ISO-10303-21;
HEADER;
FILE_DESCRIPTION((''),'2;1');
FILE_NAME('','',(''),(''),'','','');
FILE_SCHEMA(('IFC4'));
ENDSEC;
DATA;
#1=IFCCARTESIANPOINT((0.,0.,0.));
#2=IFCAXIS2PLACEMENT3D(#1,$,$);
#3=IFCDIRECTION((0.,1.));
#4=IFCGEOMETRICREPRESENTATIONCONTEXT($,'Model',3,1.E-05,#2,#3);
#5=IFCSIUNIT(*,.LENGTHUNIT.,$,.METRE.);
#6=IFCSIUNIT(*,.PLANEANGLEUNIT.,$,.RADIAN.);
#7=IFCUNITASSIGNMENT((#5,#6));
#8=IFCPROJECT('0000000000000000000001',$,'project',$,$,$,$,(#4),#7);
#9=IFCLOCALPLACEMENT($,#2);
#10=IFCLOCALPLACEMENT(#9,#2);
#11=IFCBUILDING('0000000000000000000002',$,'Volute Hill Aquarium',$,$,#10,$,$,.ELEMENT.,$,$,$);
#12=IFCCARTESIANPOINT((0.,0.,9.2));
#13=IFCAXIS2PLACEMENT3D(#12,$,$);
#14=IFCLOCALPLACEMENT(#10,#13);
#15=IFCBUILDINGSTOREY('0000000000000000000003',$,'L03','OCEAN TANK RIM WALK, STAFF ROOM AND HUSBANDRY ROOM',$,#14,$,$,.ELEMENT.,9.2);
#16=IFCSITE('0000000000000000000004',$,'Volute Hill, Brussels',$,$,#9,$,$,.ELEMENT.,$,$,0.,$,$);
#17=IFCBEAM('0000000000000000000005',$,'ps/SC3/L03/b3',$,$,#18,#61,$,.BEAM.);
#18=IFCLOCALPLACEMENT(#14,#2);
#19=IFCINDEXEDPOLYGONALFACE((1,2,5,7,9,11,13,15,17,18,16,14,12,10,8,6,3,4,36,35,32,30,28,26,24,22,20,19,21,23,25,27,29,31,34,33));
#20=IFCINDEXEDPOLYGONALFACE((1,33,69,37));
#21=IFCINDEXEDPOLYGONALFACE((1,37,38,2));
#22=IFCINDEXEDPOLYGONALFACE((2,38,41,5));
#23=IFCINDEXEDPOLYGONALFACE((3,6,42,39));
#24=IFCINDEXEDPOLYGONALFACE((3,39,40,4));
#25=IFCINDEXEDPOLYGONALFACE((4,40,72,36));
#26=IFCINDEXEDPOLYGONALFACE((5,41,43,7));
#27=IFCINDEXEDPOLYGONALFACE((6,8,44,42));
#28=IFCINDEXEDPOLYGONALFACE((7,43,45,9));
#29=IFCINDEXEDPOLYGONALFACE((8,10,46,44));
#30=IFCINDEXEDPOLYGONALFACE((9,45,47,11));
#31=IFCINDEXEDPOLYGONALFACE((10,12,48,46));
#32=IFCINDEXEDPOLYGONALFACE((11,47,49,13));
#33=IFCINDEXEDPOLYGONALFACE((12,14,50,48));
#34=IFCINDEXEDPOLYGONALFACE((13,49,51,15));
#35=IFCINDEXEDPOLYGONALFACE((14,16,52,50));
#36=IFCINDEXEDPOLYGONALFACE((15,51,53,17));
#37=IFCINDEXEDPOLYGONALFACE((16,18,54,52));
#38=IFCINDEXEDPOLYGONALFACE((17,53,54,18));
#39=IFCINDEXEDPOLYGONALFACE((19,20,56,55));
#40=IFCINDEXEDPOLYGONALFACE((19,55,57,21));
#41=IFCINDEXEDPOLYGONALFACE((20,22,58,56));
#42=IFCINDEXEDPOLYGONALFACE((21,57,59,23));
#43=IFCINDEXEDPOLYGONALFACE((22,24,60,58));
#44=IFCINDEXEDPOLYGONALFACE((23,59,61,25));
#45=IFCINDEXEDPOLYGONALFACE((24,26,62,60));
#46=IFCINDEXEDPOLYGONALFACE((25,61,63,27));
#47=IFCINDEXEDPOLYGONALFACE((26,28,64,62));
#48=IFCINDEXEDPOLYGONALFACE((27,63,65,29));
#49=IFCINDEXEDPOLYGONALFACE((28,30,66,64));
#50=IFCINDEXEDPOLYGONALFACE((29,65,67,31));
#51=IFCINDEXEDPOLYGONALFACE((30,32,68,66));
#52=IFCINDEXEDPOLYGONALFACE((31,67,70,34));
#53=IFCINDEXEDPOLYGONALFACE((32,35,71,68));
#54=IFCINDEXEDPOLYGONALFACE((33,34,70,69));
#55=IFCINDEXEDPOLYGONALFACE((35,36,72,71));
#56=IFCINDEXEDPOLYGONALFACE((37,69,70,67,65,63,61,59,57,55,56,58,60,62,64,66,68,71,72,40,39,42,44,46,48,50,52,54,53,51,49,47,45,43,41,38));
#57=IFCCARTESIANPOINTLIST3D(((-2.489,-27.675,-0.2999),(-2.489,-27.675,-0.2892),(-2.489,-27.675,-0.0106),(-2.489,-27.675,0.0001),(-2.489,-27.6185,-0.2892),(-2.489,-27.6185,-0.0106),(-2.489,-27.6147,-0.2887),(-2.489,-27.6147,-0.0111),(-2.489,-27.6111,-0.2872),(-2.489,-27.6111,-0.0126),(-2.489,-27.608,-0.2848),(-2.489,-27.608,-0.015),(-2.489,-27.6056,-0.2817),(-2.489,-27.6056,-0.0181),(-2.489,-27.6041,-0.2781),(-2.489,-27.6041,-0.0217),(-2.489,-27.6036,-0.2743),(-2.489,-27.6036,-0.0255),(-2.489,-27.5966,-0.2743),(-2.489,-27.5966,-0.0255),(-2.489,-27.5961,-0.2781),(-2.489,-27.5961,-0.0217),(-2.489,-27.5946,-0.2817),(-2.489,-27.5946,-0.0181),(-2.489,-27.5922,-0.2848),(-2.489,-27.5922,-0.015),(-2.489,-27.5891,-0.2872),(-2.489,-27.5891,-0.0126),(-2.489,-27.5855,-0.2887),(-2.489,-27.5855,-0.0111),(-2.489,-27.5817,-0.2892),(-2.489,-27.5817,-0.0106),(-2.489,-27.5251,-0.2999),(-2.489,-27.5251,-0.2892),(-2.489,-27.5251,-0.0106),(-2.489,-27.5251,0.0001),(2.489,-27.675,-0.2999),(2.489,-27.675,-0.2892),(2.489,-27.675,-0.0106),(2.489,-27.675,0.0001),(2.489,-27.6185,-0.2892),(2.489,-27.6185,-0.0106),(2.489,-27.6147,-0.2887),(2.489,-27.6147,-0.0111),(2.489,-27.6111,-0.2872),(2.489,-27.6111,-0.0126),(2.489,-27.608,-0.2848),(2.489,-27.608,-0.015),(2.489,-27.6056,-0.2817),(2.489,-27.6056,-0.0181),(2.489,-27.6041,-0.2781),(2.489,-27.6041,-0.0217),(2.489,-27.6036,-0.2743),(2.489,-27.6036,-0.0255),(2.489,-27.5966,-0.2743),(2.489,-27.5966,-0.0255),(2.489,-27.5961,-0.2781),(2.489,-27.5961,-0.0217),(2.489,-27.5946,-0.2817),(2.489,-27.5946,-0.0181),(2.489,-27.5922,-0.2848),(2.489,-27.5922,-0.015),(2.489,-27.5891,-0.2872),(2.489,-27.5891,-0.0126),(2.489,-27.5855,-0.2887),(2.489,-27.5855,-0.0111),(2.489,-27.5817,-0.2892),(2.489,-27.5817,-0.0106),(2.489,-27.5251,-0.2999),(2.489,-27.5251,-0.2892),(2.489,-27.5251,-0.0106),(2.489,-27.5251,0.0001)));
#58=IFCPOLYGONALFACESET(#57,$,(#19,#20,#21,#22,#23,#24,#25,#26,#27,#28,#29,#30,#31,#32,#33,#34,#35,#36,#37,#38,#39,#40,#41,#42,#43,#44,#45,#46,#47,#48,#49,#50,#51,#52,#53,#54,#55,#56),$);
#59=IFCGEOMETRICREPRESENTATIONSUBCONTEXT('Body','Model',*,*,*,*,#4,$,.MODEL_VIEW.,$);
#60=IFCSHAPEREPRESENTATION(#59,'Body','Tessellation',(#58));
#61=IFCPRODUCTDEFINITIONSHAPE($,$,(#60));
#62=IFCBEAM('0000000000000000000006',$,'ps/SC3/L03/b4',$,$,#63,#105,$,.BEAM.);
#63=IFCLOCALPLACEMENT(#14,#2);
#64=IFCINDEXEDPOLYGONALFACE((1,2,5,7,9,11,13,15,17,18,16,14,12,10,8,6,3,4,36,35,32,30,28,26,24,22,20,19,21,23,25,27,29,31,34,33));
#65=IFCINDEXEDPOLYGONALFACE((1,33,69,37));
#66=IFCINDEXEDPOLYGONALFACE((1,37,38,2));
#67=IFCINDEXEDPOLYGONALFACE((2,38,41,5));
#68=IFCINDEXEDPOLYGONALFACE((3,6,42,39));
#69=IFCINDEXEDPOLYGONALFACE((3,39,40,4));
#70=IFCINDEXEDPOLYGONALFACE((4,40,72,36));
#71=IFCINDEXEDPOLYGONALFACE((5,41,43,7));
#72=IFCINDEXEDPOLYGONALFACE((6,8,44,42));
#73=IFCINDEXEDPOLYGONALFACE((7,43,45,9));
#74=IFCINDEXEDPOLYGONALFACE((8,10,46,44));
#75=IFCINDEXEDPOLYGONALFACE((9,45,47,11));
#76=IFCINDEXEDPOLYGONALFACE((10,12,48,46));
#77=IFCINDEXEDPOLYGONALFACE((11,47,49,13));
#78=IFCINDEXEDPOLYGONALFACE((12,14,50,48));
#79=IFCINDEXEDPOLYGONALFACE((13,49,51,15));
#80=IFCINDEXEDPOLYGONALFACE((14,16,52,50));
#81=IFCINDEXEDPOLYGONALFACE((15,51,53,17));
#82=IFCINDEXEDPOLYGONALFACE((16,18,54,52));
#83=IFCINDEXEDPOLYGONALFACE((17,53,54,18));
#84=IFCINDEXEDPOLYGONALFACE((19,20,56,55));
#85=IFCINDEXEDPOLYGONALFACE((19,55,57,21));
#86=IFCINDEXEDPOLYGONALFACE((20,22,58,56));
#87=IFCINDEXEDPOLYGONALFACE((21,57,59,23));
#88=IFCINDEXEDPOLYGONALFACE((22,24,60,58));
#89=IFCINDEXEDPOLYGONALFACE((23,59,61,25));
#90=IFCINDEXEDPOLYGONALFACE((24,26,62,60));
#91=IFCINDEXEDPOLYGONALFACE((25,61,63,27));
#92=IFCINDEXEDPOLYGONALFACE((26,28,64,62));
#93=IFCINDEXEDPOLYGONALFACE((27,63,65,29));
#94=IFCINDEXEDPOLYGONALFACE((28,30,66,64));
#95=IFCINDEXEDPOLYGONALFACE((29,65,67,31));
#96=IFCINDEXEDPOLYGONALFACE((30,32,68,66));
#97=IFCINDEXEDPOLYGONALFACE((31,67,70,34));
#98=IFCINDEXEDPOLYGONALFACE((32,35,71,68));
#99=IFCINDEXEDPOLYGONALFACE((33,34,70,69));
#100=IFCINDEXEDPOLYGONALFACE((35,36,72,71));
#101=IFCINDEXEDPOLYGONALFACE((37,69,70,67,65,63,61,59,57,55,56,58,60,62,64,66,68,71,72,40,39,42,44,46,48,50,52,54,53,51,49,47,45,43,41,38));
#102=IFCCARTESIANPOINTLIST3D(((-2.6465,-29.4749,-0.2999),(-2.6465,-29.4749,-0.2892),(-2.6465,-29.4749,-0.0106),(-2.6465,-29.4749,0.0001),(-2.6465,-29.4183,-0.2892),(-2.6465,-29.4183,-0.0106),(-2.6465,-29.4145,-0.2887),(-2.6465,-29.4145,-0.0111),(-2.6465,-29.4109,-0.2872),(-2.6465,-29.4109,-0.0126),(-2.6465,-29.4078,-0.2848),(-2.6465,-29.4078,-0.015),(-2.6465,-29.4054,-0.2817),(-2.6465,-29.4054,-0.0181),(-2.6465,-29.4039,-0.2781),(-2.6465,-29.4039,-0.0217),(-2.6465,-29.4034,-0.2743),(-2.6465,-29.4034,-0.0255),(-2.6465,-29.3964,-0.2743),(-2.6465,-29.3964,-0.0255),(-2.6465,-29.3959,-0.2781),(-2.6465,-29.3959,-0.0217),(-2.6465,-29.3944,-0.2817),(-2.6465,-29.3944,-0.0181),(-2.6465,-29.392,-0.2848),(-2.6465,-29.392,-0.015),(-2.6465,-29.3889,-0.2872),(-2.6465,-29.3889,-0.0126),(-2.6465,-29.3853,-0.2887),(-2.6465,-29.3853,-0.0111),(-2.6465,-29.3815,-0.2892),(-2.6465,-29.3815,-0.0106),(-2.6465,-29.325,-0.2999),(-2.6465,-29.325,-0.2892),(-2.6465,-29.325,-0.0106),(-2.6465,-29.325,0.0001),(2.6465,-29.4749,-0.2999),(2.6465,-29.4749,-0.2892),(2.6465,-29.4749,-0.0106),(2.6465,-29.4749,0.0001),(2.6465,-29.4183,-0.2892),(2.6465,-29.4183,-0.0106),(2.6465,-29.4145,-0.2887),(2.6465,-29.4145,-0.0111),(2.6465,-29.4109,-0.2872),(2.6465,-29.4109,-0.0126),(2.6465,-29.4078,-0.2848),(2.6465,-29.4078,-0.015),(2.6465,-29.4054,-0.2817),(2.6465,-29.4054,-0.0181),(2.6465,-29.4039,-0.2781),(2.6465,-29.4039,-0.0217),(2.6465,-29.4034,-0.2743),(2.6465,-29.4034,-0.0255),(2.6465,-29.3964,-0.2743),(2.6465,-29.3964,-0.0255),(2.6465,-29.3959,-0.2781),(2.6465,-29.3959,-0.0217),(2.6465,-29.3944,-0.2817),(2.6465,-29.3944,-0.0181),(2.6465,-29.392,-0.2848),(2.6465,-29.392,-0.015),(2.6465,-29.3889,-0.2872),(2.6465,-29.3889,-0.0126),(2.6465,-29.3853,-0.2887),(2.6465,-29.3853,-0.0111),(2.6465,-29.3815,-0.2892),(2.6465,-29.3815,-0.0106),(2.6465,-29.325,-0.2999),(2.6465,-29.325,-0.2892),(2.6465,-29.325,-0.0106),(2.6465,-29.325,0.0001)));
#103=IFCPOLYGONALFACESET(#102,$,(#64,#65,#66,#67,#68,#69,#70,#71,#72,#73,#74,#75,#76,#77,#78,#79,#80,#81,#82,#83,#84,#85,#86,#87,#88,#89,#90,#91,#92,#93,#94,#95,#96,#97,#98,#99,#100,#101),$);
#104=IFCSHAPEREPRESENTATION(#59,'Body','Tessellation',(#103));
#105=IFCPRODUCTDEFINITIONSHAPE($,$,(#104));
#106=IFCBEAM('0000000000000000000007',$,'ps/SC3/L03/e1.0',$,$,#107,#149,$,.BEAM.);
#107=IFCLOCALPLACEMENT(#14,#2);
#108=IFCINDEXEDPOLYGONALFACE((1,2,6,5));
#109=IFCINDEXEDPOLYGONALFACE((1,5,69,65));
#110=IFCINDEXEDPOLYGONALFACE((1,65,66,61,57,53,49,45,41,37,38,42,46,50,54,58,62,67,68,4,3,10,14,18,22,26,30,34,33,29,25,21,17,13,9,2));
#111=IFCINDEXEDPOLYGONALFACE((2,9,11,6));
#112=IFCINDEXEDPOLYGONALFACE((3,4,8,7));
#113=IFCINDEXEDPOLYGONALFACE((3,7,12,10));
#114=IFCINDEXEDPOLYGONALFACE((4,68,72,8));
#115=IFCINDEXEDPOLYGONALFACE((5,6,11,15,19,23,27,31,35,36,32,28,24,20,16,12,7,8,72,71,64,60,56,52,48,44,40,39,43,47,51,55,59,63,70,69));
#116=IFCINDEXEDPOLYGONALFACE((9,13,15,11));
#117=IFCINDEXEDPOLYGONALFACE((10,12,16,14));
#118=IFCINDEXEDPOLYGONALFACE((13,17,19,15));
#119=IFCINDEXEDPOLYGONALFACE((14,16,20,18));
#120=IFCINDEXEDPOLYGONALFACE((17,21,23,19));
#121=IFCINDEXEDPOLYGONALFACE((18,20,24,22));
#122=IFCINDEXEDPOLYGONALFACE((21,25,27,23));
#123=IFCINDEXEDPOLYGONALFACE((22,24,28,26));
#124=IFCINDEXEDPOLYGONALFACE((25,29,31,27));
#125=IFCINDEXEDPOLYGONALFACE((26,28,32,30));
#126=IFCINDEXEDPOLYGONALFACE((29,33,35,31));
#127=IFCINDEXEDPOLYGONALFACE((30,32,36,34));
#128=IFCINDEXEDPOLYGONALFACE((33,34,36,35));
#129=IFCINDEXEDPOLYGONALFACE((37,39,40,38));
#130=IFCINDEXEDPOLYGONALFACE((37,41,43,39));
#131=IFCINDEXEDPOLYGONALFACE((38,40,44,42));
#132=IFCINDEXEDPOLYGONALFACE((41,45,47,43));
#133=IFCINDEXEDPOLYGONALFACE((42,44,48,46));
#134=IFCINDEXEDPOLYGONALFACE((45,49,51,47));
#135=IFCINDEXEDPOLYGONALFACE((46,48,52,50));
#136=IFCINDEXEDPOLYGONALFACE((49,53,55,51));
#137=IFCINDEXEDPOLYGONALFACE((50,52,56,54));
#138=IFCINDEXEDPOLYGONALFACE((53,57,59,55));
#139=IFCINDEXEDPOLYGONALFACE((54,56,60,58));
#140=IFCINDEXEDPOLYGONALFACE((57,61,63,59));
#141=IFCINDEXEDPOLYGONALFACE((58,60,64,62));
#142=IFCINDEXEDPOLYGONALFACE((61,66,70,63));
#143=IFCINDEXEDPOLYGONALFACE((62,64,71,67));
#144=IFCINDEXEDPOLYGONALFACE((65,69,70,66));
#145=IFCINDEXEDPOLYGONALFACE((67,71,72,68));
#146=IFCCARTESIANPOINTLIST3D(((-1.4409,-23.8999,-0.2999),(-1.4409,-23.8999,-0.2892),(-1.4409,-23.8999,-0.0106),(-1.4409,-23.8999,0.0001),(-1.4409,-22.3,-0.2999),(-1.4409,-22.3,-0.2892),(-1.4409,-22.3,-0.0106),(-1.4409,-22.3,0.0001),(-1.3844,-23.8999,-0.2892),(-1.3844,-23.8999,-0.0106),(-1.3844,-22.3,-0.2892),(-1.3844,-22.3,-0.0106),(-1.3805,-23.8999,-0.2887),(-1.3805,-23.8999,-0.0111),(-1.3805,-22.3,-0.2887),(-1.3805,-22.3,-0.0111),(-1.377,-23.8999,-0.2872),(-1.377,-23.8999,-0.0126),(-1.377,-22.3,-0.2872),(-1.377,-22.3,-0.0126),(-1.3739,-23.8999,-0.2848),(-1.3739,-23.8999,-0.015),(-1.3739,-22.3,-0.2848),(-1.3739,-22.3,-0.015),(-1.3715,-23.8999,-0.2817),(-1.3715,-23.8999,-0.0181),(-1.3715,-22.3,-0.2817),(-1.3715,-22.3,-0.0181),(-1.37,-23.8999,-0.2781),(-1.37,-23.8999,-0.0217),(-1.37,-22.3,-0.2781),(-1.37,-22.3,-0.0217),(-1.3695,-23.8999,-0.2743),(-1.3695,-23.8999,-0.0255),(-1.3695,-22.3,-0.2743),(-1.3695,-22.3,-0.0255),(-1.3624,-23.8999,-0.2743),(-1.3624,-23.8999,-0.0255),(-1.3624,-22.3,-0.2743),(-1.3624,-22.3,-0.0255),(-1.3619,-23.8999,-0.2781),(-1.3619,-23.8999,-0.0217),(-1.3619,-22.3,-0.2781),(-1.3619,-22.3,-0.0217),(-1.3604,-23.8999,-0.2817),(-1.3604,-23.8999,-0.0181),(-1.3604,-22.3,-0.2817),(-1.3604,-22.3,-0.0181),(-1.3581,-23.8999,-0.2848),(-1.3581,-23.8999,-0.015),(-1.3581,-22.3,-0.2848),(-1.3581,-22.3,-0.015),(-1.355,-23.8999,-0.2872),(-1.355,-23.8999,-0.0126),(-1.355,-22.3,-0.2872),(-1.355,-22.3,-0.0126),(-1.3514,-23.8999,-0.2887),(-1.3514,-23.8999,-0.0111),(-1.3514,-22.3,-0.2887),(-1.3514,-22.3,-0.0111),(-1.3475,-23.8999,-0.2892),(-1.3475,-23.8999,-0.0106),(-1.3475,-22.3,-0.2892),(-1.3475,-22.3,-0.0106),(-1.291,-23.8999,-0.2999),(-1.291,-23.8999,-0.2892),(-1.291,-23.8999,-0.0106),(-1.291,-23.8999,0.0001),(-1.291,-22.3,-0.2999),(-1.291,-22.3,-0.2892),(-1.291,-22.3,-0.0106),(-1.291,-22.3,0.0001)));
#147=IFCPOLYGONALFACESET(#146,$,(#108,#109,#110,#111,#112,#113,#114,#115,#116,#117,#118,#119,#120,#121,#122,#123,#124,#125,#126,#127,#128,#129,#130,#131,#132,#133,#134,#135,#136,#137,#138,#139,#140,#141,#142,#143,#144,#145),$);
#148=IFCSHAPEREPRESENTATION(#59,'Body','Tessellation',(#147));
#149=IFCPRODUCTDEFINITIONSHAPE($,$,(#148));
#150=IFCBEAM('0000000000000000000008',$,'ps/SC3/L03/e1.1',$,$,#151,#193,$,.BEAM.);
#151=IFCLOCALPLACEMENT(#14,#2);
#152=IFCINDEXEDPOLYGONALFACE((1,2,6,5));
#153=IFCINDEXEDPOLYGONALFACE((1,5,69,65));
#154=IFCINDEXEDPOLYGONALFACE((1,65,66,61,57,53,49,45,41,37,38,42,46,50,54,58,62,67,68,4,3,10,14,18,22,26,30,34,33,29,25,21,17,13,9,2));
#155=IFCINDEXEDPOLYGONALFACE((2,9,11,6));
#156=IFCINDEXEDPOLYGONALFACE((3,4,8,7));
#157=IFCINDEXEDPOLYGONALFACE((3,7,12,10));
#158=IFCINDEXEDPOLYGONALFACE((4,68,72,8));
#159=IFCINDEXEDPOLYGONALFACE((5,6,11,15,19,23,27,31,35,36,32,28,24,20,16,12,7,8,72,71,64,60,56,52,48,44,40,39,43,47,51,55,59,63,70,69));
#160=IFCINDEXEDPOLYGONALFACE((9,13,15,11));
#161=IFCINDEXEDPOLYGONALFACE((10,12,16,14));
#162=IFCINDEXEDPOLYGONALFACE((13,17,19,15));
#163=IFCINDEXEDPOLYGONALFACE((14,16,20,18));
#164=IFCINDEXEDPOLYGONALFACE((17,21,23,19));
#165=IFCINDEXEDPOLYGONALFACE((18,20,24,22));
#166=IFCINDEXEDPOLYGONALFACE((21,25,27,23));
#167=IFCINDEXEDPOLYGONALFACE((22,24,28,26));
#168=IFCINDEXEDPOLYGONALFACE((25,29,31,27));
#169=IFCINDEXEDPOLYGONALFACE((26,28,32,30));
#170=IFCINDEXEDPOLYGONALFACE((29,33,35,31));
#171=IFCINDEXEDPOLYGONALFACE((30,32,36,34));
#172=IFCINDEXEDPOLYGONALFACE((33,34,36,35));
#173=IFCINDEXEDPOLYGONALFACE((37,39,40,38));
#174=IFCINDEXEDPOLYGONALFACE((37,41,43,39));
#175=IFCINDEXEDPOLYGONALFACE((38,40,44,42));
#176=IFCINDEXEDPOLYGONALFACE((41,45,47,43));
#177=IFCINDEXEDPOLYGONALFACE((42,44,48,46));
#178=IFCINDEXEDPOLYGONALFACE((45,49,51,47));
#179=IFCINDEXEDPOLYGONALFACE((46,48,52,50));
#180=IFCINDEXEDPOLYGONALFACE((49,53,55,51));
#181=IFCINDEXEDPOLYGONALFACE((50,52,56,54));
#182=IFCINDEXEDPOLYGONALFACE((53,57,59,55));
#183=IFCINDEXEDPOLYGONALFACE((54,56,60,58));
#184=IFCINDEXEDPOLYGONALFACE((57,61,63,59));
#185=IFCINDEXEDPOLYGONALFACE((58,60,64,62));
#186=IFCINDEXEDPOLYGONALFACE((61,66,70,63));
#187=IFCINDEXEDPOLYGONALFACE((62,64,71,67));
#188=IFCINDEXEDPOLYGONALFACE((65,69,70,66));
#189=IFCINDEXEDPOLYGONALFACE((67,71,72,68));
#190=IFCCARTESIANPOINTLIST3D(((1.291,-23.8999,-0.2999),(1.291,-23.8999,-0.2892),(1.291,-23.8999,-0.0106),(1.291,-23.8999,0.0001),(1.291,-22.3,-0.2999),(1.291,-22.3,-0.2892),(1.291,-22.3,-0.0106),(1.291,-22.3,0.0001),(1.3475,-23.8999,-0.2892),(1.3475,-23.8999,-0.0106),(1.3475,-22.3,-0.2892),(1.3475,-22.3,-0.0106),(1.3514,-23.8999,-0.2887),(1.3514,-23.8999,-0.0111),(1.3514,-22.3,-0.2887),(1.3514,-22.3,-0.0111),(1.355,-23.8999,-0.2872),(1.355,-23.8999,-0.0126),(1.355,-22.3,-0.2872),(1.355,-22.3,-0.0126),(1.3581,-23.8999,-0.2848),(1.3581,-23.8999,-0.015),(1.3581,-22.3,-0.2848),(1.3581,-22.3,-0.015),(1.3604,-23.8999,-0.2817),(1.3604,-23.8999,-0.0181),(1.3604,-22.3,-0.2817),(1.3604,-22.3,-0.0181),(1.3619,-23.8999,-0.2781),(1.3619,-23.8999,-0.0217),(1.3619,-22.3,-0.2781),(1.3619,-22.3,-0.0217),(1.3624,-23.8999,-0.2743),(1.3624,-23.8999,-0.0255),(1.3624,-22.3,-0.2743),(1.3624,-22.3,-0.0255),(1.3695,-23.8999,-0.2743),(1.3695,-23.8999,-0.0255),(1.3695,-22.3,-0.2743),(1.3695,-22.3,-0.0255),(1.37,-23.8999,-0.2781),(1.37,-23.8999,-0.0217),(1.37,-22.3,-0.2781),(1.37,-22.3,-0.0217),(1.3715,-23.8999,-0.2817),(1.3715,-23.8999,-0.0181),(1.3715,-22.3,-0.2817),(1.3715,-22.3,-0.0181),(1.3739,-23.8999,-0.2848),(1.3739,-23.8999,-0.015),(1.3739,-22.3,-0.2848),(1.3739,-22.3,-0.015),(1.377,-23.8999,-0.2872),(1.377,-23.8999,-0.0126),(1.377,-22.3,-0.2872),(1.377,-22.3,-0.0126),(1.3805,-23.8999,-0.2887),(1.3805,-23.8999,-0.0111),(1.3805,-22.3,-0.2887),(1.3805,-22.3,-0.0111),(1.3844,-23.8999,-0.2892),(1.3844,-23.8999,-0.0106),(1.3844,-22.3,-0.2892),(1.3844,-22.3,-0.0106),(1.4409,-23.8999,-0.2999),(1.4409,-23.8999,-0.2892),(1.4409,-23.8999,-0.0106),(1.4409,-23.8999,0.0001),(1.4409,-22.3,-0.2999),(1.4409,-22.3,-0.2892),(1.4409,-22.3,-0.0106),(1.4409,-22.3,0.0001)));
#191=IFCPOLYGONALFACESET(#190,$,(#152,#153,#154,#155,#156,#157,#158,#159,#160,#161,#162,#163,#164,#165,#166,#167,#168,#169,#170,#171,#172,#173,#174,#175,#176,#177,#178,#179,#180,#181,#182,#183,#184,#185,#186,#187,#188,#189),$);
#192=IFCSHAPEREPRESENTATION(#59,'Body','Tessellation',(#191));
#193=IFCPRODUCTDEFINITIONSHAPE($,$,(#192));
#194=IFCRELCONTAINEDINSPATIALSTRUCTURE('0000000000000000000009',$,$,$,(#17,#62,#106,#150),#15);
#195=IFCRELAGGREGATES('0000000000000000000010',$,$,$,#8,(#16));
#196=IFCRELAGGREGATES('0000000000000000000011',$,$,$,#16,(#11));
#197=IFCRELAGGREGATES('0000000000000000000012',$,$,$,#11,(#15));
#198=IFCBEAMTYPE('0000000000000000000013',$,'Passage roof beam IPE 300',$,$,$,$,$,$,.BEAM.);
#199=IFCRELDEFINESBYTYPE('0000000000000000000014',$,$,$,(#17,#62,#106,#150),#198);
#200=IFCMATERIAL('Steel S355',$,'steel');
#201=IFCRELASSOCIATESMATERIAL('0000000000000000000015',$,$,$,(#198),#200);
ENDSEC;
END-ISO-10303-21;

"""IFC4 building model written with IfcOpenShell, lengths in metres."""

from ifc_helpers import new_model, si_unit, direction, frame, origin, origin_2d, place, context, subcontext, project, spatial, i_section, extrude, material, material_profile, profile_set, type_object, element, save


model = new_model("IFC4")

# Units and contexts
model_context = context("Model", 3, precision=1e-05, world=origin(), true_north=direction((0.0, 1.0)))
body_context = subcontext(model_context, "Body", "Model", "MODEL_VIEW")
ifc_project = project(units=[si_unit("LENGTHUNIT", "METRE"), si_unit("PLANEANGLEUNIT", "RADIAN")], contexts=[model_context])

# Site, building, storey
site_placement = place(None, origin())
site = spatial("IfcSite", under=ifc_project, at=site_placement, Name="Volute Hill, Brussels", CompositionType="ELEMENT", RefElevation=0.0)
building_placement = place(site_placement, origin())
building = spatial("IfcBuilding", under=site, at=building_placement, Name="Volute Hill Aquarium", CompositionType="ELEMENT")
storey_placement = place(building_placement, frame((0.0, 0.0, 9.2)))
storey = spatial("IfcBuildingStorey", under=building, at=storey_placement, Name="L03", Description="OCEAN TANK RIM WALK, STAFF ROOM AND HUSBANDRY ROOM", CompositionType="ELEMENT", Elevation=9.2)

# Beams
ifc_material_1 = material(Name="Steel S355", Category="steel")
ifc_material_profile_1 = material_profile(ifc_material_1, i_section(OverallWidth=0.1499, OverallDepth=0.3, WebThickness=0.0071, FlangeThickness=0.0107, FilletRadius=0.0149, at=origin_2d()), Name="IPE 300")
ifc_profile_set_1 = profile_set([ifc_material_profile_1], Name="Steel S355")
beam_type_1 = type_object("IfcBeamType", Name="Passage roof beam IPE 300", PredefinedType="BEAM", material=ifc_profile_set_1)
beam_1_placement = place(storey_placement, frame((-2.489, -27.6001, -0.1499), z_axis=(1.0, 0.0, 0.0), x_axis=(0.0, 1.0, 0.0)))
element("IfcBeam", 1, at=beam_1_placement, inside=storey, type_object=beam_type_1, Name="ps/SC3/L03/b3", PredefinedType="BEAM", context=body_context, shape_type="SweptSolid", body=[
    extrude(i_section(OverallWidth=0.1499, OverallDepth=0.3, WebThickness=0.0071, FlangeThickness=0.0107, FilletRadius=0.0149, at=origin_2d()), origin(), (0.0, 0.0, 1.0), 4.978),
])
beam_2_placement = place(storey_placement, frame((-2.6465, -29.3999, -0.1499), z_axis=(1.0, 0.0, 0.0), x_axis=(0.0, 1.0, 0.0)))
element("IfcBeam", 2, at=beam_2_placement, inside=storey, type_object=beam_type_1, Name="ps/SC3/L03/b4", PredefinedType="BEAM", context=body_context, shape_type="SweptSolid", body=[
    extrude(i_section(OverallWidth=0.1499, OverallDepth=0.3, WebThickness=0.0071, FlangeThickness=0.0107, FilletRadius=0.0149, at=origin_2d()), origin(), (0.0, 0.0, 1.0), 5.293),
])
for number, where, z_axis, x_axis, name in (
    (3, (-1.366, -22.3, -0.1499), (0.0, -1.0, 0.0), (1.0, 0.0, 0.0), "ps/SC3/L03/e1.0"),
    (4, (1.366, -22.3, -0.1499), (0.0, -1.0, 0.0), (1.0, 0.0, 0.0), "ps/SC3/L03/e1.1"),
):
    element("IfcBeam", number, at=place(storey_placement, frame(where, z_axis=z_axis, x_axis=x_axis)), inside=storey, type_object=beam_type_1, Name=name, PredefinedType="BEAM", context=body_context, shape_type="SweptSolid", body=[
        extrude(i_section(OverallWidth=0.1499, OverallDepth=0.3, WebThickness=0.0071, FlangeThickness=0.0107, FilletRadius=0.0149, at=origin_2d()), origin(), (0.0, 0.0, 1.0), 1.5999),
    ])

save(model, "model.ifc")
